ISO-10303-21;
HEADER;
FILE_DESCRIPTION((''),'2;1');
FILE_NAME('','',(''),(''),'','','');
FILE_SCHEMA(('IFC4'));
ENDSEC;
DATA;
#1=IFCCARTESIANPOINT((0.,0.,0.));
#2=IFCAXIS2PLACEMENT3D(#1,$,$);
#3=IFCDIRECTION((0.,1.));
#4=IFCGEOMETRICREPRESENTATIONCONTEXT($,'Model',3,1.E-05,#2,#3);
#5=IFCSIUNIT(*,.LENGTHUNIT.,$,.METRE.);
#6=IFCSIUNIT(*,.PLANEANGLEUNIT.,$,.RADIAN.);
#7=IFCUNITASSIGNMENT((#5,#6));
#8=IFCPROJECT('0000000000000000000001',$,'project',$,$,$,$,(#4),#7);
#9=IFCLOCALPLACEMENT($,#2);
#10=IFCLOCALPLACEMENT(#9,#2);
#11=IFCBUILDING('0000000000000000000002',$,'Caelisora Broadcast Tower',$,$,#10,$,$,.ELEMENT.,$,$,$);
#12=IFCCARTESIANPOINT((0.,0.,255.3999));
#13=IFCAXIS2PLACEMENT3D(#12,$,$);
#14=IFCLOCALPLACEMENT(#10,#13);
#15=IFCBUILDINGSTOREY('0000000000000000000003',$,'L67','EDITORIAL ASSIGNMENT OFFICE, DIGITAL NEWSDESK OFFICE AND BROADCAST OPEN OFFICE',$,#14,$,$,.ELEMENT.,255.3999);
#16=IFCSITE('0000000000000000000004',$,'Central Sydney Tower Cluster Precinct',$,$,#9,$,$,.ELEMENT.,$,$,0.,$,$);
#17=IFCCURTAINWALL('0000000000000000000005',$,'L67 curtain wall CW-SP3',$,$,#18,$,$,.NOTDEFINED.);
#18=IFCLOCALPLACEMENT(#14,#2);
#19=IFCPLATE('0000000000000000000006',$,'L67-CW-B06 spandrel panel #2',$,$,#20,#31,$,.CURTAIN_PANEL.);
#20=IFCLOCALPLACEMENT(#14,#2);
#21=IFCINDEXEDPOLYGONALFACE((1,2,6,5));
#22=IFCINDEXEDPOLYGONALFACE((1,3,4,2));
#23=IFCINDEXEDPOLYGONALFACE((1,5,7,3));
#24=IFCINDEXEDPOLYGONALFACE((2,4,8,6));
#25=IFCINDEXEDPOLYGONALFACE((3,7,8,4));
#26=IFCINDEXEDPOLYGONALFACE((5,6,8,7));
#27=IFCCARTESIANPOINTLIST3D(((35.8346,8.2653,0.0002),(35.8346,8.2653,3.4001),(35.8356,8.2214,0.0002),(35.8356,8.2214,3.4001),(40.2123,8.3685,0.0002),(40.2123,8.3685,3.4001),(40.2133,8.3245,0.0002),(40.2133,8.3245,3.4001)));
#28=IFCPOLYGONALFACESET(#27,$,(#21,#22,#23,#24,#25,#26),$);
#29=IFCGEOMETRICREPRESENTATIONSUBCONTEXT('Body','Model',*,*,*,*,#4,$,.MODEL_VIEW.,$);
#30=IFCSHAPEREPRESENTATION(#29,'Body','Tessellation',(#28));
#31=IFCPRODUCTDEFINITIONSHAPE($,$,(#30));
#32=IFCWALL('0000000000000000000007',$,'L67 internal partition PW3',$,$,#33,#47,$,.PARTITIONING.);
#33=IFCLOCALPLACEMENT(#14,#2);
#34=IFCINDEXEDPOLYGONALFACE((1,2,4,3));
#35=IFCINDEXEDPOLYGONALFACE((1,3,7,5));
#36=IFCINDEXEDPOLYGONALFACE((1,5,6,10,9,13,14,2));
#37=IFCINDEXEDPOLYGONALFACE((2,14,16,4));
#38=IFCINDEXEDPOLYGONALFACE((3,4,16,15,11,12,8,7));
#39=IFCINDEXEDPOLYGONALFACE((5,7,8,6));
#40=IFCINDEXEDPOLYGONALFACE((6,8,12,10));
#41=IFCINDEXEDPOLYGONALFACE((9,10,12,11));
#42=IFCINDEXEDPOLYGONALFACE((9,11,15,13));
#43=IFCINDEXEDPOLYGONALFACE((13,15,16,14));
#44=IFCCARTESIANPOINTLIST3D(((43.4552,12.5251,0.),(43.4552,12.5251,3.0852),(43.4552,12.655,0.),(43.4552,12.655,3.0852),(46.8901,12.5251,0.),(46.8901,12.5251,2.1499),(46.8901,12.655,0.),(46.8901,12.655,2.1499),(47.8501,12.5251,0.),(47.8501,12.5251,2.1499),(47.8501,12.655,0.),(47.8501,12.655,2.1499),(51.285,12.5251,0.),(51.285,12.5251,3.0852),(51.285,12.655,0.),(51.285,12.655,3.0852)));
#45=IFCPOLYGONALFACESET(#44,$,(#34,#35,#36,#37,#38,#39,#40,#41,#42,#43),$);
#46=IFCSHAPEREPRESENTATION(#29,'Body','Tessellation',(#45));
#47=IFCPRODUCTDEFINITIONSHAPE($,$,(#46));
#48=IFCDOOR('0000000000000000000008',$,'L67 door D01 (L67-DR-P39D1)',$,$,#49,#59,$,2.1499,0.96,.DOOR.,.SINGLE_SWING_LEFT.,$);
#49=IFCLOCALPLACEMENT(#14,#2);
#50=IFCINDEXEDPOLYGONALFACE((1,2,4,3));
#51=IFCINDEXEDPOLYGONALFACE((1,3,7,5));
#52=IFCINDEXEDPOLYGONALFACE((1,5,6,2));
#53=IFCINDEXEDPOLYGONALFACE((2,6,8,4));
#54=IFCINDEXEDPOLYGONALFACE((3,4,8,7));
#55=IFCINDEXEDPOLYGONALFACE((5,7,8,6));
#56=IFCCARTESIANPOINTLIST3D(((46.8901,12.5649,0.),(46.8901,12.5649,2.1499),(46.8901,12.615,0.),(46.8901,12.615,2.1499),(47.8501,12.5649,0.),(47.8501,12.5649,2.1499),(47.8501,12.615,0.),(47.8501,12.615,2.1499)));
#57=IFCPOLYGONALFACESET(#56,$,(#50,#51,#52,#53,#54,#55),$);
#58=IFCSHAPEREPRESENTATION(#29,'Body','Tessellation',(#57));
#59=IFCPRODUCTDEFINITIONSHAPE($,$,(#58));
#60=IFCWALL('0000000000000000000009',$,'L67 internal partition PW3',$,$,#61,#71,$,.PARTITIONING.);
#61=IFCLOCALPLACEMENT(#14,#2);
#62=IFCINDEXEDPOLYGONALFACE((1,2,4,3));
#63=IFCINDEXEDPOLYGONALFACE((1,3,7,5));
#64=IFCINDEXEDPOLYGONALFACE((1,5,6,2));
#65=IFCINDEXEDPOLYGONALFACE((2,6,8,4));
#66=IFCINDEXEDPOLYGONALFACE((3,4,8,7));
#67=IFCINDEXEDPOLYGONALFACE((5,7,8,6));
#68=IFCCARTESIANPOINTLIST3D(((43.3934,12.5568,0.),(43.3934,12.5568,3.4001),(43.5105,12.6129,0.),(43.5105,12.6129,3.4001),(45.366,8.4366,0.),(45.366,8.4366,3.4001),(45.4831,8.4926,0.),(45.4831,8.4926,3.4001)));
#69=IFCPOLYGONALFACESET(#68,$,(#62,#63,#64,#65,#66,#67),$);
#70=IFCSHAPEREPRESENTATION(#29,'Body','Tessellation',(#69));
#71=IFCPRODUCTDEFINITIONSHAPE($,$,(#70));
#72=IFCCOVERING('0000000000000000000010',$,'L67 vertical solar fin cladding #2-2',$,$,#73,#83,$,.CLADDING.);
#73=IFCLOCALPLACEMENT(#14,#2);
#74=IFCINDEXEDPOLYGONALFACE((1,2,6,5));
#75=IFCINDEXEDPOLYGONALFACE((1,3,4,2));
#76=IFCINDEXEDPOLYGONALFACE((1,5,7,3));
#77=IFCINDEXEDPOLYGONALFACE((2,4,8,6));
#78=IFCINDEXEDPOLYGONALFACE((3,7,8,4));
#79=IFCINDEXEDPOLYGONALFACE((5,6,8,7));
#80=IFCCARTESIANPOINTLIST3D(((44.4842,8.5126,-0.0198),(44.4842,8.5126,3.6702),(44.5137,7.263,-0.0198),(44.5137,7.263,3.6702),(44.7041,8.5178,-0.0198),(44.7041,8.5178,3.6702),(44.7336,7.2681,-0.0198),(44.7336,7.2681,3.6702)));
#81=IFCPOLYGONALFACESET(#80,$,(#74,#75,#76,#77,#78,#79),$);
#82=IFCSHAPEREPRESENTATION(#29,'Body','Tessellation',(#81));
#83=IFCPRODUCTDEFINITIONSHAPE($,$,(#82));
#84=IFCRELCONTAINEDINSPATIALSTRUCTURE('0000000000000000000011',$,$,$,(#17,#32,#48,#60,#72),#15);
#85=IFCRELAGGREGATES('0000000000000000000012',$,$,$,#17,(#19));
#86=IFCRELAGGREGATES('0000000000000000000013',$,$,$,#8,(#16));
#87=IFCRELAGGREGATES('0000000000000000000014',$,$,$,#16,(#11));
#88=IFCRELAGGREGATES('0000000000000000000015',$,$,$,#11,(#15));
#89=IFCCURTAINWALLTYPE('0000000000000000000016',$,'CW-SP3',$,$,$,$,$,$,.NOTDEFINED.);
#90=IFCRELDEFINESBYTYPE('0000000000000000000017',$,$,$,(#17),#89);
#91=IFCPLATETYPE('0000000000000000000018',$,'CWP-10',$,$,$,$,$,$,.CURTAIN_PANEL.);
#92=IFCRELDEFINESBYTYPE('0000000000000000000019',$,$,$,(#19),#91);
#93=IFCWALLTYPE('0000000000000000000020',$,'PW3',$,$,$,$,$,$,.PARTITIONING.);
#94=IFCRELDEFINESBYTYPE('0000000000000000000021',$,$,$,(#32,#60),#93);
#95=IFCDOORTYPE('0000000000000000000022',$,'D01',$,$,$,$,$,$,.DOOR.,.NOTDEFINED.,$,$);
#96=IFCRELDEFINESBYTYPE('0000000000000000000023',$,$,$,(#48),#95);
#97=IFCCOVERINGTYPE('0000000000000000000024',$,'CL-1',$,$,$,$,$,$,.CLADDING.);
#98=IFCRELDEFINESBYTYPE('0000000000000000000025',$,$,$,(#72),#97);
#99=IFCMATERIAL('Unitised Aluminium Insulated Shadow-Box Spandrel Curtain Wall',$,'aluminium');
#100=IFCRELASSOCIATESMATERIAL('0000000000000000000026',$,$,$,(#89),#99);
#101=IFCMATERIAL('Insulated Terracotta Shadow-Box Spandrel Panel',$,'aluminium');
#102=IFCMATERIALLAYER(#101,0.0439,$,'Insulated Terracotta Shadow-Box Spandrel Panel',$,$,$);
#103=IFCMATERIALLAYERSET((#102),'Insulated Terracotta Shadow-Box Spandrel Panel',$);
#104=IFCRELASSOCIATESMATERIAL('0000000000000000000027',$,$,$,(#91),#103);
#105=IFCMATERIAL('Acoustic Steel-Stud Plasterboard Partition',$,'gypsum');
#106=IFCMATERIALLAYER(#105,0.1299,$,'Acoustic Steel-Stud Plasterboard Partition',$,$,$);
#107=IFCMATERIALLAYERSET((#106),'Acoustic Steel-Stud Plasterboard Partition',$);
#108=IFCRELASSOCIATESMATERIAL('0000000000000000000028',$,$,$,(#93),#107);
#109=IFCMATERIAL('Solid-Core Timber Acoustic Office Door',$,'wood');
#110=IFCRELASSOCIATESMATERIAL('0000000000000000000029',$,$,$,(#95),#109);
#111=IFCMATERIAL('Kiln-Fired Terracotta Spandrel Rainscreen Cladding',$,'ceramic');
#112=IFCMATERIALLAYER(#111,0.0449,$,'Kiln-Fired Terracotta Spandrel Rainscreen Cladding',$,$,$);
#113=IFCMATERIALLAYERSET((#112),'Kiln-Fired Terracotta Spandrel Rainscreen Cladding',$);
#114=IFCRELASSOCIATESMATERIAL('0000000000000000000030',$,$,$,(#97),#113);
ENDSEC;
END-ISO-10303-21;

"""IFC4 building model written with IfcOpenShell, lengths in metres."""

from ifc_helpers import new_model, si_unit, direction, frame, frame_2d, origin, origin_2d, place, context, subcontext, project, spatial, rectangle, extrude, source, transform, mapped, material, layer, layer_set, type_object, type_shapes, element, fill, aggregate, save


model = new_model("IFC4")

# Units and contexts
model_context = context("Model", 3, precision=1e-05, world=origin(), true_north=direction((0.0, 1.0)))
body_context = subcontext(model_context, "Body", "Model", "MODEL_VIEW")
ifc_project = project(units=[si_unit("LENGTHUNIT", "METRE"), si_unit("PLANEANGLEUNIT", "RADIAN")], contexts=[model_context])

# Site, building, storey
site_placement = place(None, origin())
site = spatial("IfcSite", under=ifc_project, at=site_placement, Name="Central Sydney Tower Cluster Precinct", CompositionType="ELEMENT", RefElevation=0.0)
building_placement = place(site_placement, origin())
building = spatial("IfcBuilding", under=site, at=building_placement, Name="Caelisora Broadcast Tower", CompositionType="ELEMENT")
storey_placement = place(building_placement, frame((0.0, 0.0, 255.3999)))
storey = spatial("IfcBuildingStorey", under=building, at=storey_placement, Name="L67", Description="EDITORIAL ASSIGNMENT OFFICE, DIGITAL NEWSDESK OFFICE AND BROADCAST OPEN OFFICE", CompositionType="ELEMENT", Elevation=255.3999)

# Curtain wall
ifc_material_1 = material(Name="Unitised Aluminium Insulated Shadow-Box Spandrel Curtain Wall", Category="aluminium")
curtain_wall_type_1 = type_object("IfcCurtainWallType", Name="CW-SP3", PredefinedType="NOTDEFINED", material=ifc_material_1)
curtain_wall_1_placement = place(storey_placement, origin())
curtain_wall_1 = element("IfcCurtainWall", 1, at=curtain_wall_1_placement, inside=storey, type_object=curtain_wall_type_1, Name="L67 curtain wall CW-SP3", PredefinedType="NOTDEFINED")

# Plate
ifc_material_2 = material(Name="Insulated Terracotta Shadow-Box Spandrel Panel", Category="aluminium")
ifc_layer_1 = layer(ifc_material_2, 0.0439, Name="Insulated Terracotta Shadow-Box Spandrel Panel")
ifc_layer_set_1 = layer_set([ifc_layer_1], Name="Insulated Terracotta Shadow-Box Spandrel Panel")
plate_type_1 = type_object("IfcPlateType", Name="CWP-10", PredefinedType="CURTAIN_PANEL", material=ifc_layer_set_1)
shared_shape_1 = source(origin(), body_context, "Body", "SweptSolid", [
    extrude(rectangle(XDim=4.3789, YDim=0.0439, at=origin_2d()), origin(), (0.0, 0.0, 1.0), 3.3999),
])
type_shapes(plate_type_1, [shared_shape_1])
plate_1_placement = place(storey_placement, frame((38.0239, 8.2949, 0.0002), z_axis=(0.0, 0.0, 1.0), x_axis=(-0.999722, -0.02356, 0.0)))
plate_1 = element("IfcPlate", 2, at=plate_1_placement, type_object=plate_type_1, Name="L67-CW-B06 spandrel panel #2", PredefinedType="CURTAIN_PANEL", context=body_context, shape_type="MappedRepresentation", body=[
    mapped(shared_shape_1, transform((0.0, 0.0, 0.0), scale=1.0)),
])
aggregate(curtain_wall_1, [plate_1])

# Wall, opening, door
ifc_material_3 = material(Name="Acoustic Steel-Stud Plasterboard Partition", Category="gypsum")
ifc_layer_2 = layer(ifc_material_3, 0.1299, Name="Acoustic Steel-Stud Plasterboard Partition")
ifc_layer_set_2 = layer_set([ifc_layer_2], Name="Acoustic Steel-Stud Plasterboard Partition")
wall_type = type_object("IfcWallType", Name="PW3", PredefinedType="PARTITIONING", material=ifc_layer_set_2)
wall_1_placement = place(storey_placement, frame((43.4551, 12.5901, 0.0), z_axis=(0.0, 0.0, 1.0), x_axis=(1.0, 0.0, 0.0)))
wall_1 = element("IfcWall", 3, at=wall_1_placement, inside=storey, type_object=wall_type, Name="L67 internal partition PW3", PredefinedType="PARTITIONING", context=body_context, shape_type="SweptSolid", body=[
    extrude(rectangle(XDim=7.8298, YDim=0.1299, at=frame_2d((3.915, 0.0))), origin(), (0.0, 0.0, 1.0), 3.0852),
])
opening_placement = place(wall_1_placement, frame((3.4351, 0.0, 0.0)))
opening = element("IfcOpeningElement", 4, at=opening_placement, cuts=wall_1, PredefinedType="OPENING", context=body_context, shape_type="SweptSolid", body=[
    extrude(rectangle(XDim=0.96, YDim=2.1499, at=frame_2d((0.48, 1.075))), frame((0.0, 0.0769, 0.0), z_axis=(0.0, -1.0, 0.0), x_axis=(1.0, 0.0, 0.0)), (0.0, 0.0, 1.0), 0.1538),
])
ifc_material_4 = material(Name="Solid-Core Timber Acoustic Office Door", Category="wood")
door_type = type_object("IfcDoorType", Name="D01", OperationType="NOTDEFINED", PredefinedType="DOOR", material=ifc_material_4)
door_placement = place(opening_placement, origin())
door = element("IfcDoor", 5, at=door_placement, inside=storey, type_object=door_type, Name="L67 door D01 (L67-DR-P39D1)", OperationType="SINGLE_SWING_LEFT", OverallHeight=2.1499, OverallWidth=0.96, PredefinedType="DOOR", context=body_context, shape_type="SweptSolid", body=[
    extrude(rectangle(XDim=0.96, YDim=2.1499, at=frame_2d((0.48, 1.075))), frame((0.0, 0.0249, 0.0), z_axis=(0.0, -1.0, 0.0), x_axis=(1.0, 0.0, 0.0)), (0.0, 0.0, 1.0), 0.05),
])
fill(opening, door)

# Wall
wall_2_placement = place(storey_placement, frame((43.4519, 12.585, 0.0), z_axis=(0.0, 0.0, 1.0), x_axis=(0.43182, -0.90196, 0.0)))
element("IfcWall", 6, at=wall_2_placement, inside=storey, type_object=wall_type, Name="L67 internal partition PW3", PredefinedType="PARTITIONING", context=body_context, shape_type="SweptSolid", body=[
    extrude(rectangle(XDim=4.5681, YDim=0.1299, at=frame_2d((2.2842, 0.0))), origin(), (0.0, 0.0, 1.0), 3.4001),
])

# Covering
ifc_material_5 = material(Name="Kiln-Fired Terracotta Spandrel Rainscreen Cladding", Category="ceramic")
ifc_layer_3 = layer(ifc_material_5, 0.0449, Name="Kiln-Fired Terracotta Spandrel Rainscreen Cladding")
ifc_layer_set_3 = layer_set([ifc_layer_3], Name="Kiln-Fired Terracotta Spandrel Rainscreen Cladding")
covering_type = type_object("IfcCoveringType", Name="CL-1", PredefinedType="CLADDING", material=ifc_layer_set_3)
shared_shape_2 = source(origin(), body_context, "Body", "SweptSolid", [
    extrude(rectangle(XDim=0.22, YDim=1.25, at=origin_2d()), origin(), (0.0, 0.0, 1.0), 3.6899),
])
type_shapes(covering_type, [shared_shape_2])
covering_placement = place(storey_placement, frame((44.6089, 7.8904, -0.0198), z_axis=(0.0, 0.0, 1.0), x_axis=(-0.999722, -0.02356, 0.0)))
element("IfcCovering", 7, at=covering_placement, inside=storey, type_object=covering_type, Name="L67 vertical solar fin cladding #2-2", PredefinedType="CLADDING", context=body_context, shape_type="MappedRepresentation", body=[
    mapped(shared_shape_2, transform((0.0, 0.0, 0.0), scale=1.0)),
])

save(model, "model.ifc")
